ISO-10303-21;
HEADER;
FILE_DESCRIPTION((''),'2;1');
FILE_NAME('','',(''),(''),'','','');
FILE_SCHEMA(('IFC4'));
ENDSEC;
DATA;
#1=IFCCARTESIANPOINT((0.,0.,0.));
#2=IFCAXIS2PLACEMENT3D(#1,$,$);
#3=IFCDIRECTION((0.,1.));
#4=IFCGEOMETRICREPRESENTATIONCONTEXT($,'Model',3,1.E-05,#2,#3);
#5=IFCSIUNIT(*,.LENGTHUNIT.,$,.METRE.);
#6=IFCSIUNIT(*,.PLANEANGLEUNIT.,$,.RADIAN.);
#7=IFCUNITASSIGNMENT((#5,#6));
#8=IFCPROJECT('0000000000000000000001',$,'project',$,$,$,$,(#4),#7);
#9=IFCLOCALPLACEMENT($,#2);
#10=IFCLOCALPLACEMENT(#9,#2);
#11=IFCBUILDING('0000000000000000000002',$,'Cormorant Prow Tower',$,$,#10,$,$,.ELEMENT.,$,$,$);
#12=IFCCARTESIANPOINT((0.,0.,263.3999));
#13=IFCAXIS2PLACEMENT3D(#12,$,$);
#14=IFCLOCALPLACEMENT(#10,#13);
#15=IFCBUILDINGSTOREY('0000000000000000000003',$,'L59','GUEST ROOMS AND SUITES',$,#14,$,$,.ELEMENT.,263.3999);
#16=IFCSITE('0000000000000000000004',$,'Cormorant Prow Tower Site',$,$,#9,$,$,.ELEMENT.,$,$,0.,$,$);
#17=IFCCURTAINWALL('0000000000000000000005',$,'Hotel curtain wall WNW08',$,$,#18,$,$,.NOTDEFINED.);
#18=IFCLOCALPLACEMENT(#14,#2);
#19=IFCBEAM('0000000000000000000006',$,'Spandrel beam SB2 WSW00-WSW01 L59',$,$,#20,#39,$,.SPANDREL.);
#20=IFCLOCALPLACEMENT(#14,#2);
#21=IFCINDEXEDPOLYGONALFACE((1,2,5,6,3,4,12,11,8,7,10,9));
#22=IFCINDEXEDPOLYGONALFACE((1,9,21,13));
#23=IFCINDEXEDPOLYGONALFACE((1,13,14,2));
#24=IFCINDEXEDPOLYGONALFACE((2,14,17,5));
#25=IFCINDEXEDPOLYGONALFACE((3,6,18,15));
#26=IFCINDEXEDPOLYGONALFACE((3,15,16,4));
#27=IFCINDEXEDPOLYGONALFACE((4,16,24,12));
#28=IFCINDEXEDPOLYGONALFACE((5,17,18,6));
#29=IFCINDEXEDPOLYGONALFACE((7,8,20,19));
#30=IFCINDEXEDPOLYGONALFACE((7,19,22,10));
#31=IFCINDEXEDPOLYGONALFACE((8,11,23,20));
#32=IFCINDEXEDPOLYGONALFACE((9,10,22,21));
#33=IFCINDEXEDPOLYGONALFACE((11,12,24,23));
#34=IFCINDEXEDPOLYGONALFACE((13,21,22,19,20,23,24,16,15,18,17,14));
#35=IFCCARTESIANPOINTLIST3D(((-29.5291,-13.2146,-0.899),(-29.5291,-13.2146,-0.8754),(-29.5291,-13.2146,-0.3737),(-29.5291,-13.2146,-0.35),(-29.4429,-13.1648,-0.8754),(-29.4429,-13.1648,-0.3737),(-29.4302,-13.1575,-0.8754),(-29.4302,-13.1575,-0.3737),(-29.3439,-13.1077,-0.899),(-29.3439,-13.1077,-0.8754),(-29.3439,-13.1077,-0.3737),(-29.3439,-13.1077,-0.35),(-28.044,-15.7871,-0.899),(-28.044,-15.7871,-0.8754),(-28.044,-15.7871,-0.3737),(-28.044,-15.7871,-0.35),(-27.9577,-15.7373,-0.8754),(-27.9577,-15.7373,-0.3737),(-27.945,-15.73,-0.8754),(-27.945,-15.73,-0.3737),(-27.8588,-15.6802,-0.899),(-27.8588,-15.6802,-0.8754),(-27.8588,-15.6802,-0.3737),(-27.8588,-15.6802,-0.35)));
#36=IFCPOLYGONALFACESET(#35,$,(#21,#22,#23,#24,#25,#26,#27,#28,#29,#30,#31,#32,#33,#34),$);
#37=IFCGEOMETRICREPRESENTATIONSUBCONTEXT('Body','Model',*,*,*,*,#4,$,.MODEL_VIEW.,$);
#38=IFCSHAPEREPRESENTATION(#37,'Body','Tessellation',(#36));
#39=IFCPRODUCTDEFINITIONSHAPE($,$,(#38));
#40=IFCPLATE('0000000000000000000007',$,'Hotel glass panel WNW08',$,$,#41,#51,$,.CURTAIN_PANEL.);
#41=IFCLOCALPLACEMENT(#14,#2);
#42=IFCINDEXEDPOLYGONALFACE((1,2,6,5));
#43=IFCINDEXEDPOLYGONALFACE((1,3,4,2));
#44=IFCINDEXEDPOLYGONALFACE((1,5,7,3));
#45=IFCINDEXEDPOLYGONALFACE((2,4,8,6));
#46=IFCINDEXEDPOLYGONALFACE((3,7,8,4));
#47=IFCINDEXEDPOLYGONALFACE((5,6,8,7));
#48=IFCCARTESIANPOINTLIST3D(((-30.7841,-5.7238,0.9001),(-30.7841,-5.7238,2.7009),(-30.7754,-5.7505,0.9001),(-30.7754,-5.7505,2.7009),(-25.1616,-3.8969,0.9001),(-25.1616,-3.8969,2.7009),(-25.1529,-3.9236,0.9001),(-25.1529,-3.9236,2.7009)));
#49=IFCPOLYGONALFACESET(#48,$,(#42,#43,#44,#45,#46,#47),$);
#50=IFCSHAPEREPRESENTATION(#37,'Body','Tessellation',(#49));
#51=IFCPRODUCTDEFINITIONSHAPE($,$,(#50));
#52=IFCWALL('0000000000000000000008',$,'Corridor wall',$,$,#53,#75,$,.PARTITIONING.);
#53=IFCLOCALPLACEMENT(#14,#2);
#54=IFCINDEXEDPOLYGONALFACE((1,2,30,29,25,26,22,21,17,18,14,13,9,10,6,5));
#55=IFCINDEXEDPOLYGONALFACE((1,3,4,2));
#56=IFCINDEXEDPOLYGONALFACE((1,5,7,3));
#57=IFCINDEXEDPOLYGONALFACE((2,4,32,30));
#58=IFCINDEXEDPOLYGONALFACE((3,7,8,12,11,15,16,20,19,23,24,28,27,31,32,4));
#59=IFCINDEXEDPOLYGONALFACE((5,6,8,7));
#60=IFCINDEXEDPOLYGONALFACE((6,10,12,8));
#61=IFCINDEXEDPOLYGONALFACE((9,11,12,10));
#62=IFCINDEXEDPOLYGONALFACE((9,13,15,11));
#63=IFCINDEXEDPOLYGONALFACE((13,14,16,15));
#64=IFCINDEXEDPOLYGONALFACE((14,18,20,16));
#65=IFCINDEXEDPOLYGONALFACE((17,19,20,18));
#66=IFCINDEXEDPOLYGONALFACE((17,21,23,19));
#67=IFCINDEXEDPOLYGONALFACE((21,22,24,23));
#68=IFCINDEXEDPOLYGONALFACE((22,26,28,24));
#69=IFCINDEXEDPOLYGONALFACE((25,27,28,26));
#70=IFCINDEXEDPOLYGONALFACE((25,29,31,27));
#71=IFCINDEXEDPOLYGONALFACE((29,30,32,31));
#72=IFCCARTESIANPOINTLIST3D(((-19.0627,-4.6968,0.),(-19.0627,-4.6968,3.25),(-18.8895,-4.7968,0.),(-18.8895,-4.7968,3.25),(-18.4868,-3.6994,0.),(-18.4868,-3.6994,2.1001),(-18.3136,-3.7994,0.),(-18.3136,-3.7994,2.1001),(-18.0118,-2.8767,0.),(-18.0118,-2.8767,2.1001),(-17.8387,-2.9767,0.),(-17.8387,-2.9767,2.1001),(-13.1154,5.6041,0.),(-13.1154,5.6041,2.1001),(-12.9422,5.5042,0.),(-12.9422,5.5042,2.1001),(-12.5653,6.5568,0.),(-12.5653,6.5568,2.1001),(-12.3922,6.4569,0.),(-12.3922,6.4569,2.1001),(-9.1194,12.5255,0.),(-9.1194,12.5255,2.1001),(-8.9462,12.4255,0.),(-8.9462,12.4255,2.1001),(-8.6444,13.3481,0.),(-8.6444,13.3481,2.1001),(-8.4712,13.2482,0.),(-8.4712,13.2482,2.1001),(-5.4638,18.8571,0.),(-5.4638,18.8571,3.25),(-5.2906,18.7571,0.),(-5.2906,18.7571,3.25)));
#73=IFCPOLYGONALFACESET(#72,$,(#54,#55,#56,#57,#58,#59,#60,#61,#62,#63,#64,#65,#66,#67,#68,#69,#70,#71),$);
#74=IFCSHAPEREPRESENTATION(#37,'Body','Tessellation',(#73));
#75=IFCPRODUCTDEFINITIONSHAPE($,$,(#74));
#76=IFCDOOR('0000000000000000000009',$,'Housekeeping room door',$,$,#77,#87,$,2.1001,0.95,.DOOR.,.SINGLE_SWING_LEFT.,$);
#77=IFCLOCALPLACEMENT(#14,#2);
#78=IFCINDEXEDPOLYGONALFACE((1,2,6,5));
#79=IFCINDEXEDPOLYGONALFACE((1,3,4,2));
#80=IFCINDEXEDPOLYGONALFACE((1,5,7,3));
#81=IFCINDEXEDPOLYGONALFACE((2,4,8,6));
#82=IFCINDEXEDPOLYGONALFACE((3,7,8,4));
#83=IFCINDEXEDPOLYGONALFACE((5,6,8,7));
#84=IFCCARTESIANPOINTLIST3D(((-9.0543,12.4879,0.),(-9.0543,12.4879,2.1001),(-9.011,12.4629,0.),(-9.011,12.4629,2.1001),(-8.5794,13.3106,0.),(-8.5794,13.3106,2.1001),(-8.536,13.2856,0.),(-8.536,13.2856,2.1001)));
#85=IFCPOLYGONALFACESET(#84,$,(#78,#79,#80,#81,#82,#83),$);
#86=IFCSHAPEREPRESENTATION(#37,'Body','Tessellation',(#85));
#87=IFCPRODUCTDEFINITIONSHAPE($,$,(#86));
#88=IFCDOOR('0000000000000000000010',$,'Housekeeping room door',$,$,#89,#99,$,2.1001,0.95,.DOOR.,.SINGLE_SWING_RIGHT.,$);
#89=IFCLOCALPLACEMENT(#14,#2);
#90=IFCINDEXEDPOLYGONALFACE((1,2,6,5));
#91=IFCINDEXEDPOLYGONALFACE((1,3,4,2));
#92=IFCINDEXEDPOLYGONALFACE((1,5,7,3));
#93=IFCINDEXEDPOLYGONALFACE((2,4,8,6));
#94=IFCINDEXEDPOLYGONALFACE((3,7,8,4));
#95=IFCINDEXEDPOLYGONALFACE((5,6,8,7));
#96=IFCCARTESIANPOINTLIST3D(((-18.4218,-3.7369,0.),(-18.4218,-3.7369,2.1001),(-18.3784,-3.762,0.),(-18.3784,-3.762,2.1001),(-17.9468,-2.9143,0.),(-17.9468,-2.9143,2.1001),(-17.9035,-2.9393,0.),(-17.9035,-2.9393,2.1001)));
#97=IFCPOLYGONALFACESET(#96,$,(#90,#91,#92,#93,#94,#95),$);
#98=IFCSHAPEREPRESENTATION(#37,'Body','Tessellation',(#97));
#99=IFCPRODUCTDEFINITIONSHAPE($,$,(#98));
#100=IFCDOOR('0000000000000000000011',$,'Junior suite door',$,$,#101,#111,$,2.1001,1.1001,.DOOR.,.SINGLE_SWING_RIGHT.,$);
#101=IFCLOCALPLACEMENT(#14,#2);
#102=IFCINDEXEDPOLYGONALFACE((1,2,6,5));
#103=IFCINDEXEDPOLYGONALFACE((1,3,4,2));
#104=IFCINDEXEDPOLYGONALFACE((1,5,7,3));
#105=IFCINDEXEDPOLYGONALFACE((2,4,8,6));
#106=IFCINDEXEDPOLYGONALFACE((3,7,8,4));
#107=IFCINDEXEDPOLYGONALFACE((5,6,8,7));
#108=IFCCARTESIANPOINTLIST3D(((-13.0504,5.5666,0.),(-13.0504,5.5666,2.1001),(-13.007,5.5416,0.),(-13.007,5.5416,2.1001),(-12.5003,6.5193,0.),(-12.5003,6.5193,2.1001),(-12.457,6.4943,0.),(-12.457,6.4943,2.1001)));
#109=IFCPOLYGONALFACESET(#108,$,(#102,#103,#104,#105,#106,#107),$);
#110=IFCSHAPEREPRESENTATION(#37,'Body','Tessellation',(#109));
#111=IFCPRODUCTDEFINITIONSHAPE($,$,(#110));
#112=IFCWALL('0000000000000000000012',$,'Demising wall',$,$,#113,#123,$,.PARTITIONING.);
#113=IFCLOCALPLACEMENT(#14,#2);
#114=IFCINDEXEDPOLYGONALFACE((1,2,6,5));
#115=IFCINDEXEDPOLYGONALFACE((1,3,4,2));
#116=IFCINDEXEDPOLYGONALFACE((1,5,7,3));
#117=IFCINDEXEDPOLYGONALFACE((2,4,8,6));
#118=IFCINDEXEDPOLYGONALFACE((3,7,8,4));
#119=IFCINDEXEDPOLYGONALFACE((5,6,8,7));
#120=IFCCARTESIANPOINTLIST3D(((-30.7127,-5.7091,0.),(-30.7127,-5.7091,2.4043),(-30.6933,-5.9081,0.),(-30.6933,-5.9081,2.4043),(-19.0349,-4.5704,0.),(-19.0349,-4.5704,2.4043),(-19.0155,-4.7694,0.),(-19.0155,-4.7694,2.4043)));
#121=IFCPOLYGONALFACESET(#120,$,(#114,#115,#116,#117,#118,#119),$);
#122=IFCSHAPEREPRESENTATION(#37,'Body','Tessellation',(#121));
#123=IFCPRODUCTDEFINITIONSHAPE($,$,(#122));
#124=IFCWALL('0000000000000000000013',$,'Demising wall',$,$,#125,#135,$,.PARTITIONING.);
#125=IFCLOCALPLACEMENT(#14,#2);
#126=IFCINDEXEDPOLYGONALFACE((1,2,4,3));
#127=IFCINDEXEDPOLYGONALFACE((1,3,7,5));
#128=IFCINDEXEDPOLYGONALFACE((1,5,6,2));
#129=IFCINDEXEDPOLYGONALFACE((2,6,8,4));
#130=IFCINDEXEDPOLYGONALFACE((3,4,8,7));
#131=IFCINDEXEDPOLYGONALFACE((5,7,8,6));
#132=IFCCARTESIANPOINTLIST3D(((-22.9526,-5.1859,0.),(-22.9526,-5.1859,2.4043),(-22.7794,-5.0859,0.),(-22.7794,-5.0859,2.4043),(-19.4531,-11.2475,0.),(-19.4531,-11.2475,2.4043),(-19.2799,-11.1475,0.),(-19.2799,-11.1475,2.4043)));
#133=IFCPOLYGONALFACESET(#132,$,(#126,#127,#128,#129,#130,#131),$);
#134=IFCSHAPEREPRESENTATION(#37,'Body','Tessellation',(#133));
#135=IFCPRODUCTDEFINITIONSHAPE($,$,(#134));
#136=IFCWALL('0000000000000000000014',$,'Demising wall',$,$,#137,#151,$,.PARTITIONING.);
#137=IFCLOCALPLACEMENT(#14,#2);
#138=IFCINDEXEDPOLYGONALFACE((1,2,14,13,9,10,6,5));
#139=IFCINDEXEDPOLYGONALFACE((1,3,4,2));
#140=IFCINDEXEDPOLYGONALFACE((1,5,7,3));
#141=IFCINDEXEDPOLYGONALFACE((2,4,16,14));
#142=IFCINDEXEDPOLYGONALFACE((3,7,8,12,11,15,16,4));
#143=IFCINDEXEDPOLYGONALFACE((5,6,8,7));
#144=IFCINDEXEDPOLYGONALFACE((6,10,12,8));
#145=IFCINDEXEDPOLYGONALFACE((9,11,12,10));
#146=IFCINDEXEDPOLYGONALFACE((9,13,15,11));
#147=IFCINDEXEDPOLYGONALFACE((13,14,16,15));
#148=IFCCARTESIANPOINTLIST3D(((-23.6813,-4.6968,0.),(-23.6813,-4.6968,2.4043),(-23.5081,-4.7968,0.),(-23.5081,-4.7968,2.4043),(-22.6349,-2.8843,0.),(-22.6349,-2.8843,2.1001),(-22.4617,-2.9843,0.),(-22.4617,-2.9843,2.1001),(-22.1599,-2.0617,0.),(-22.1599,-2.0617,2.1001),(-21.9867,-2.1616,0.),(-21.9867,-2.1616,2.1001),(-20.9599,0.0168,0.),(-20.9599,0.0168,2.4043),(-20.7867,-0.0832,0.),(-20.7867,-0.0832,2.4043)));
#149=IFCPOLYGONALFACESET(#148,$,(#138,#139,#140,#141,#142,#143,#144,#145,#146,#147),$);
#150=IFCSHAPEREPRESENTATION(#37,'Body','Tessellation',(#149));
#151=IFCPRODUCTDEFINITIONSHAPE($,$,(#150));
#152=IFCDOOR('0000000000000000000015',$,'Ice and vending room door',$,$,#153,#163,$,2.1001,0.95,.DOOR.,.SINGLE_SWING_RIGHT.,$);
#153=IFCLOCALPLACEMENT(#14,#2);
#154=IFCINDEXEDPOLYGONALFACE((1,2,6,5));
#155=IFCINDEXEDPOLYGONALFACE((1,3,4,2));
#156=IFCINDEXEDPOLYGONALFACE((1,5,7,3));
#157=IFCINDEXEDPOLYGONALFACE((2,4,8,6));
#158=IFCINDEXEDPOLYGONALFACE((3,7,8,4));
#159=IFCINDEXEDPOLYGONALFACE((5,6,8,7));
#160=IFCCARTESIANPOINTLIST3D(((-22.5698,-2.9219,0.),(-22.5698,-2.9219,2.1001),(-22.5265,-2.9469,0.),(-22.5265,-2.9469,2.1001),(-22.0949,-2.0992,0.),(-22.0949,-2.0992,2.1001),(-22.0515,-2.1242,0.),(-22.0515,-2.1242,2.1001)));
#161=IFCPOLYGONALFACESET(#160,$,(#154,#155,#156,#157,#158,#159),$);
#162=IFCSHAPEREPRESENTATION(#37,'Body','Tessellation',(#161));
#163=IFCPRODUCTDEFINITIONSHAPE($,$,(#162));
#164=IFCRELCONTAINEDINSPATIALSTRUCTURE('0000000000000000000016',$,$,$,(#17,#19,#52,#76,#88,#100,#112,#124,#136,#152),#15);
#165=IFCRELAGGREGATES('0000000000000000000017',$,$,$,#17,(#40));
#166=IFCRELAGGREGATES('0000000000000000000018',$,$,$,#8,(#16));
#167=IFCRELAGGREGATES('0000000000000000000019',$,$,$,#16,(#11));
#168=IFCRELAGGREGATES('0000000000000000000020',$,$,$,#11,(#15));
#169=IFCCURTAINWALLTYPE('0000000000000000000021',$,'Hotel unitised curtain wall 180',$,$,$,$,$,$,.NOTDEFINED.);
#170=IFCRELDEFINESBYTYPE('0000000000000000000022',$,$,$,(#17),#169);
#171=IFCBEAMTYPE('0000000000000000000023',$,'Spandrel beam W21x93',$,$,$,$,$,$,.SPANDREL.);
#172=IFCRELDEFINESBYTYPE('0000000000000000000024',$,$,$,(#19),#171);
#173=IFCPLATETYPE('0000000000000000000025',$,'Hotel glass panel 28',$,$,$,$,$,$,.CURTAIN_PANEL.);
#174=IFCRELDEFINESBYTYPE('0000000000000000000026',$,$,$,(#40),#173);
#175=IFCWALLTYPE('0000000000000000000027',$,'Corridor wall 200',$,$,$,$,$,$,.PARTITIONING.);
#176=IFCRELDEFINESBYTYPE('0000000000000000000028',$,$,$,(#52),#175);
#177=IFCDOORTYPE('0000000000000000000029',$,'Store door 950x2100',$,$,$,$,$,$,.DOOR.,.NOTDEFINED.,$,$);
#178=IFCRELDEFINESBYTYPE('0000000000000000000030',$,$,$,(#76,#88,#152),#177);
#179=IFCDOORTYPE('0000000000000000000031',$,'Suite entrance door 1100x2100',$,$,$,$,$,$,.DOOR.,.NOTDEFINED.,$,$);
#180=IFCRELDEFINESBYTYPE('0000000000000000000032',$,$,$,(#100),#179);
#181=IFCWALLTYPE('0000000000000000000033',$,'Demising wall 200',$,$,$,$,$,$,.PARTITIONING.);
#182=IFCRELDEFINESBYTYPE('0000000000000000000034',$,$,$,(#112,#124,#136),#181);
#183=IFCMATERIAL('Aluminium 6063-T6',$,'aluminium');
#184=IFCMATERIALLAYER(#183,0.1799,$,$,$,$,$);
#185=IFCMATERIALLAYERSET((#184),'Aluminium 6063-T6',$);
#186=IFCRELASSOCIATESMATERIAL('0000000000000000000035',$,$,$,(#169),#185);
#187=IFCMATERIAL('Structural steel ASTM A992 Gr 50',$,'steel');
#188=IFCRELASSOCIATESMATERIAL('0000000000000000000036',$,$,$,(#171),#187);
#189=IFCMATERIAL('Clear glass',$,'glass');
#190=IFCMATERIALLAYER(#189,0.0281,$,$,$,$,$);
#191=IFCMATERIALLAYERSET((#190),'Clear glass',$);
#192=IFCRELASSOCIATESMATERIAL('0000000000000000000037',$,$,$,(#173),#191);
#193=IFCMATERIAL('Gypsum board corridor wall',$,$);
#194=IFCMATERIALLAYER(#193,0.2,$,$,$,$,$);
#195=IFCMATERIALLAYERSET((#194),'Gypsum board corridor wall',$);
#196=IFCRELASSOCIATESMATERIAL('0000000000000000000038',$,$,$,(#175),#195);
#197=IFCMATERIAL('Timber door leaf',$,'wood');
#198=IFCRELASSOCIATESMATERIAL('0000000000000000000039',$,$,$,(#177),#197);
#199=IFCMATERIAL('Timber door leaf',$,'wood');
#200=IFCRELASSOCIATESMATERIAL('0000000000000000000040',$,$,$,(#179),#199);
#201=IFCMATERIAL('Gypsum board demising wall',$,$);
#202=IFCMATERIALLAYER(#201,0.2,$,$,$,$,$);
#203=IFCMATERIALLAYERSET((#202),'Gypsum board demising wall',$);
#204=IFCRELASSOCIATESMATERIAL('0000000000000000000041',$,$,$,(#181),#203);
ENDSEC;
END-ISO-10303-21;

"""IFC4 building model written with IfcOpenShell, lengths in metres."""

from ifc_helpers import new_model, si_unit, direction, frame, frame_2d, origin, origin_2d, place, context, subcontext, project, spatial, rectangle, i_section, extrude, material, layer, layer_set, material_profile, profile_set, type_object, element, fill, aggregate, save


model = new_model("IFC4")

# Units and contexts
model_context = context("Model", 3, precision=1e-05, world=origin(), true_north=direction((0.0, 1.0)))
body_context = subcontext(model_context, "Body", "Model", "MODEL_VIEW")
ifc_project = project(units=[si_unit("LENGTHUNIT", "METRE"), si_unit("PLANEANGLEUNIT", "RADIAN")], contexts=[model_context])

# Site, building, storey
site_placement = place(None, origin())
site = spatial("IfcSite", under=ifc_project, at=site_placement, Name="Cormorant Prow Tower Site", CompositionType="ELEMENT", RefElevation=0.0)
building_placement = place(site_placement, origin())
building = spatial("IfcBuilding", under=site, at=building_placement, Name="Cormorant Prow Tower", CompositionType="ELEMENT")
storey_placement = place(building_placement, frame((0.0, 0.0, 263.3999)))
storey = spatial("IfcBuildingStorey", under=building, at=storey_placement, Name="L59", Description="GUEST ROOMS AND SUITES", CompositionType="ELEMENT", Elevation=263.3999)

# Curtain wall
ifc_material_1 = material(Name="Aluminium 6063-T6", Category="aluminium")
ifc_layer_1 = layer(ifc_material_1, 0.1799)
ifc_layer_set_1 = layer_set([ifc_layer_1], Name="Aluminium 6063-T6")
curtain_wall_type = type_object("IfcCurtainWallType", Name="Hotel unitised curtain wall 180", PredefinedType="NOTDEFINED", material=ifc_layer_set_1)
curtain_wall_placement = place(storey_placement, origin())
curtain_wall = element("IfcCurtainWall", 1, at=curtain_wall_placement, inside=storey, type_object=curtain_wall_type, Name="Hotel curtain wall WNW08", PredefinedType="NOTDEFINED")

# Beam
ifc_material_2 = material(Name="Structural steel ASTM A992 Gr 50", Category="steel")
ifc_material_profile_1 = material_profile(ifc_material_2, i_section(OverallWidth=0.2139, OverallDepth=0.5491, WebThickness=0.0146, FlangeThickness=0.0237, at=origin_2d()), Name="W21x93")
ifc_profile_set_1 = profile_set([ifc_material_profile_1], Name="Structural steel ASTM A992 Gr 50")
beam_type_1 = type_object("IfcBeamType", Name="Spandrel beam W21x93", PredefinedType="SPANDREL", material=ifc_profile_set_1)
beam_1_placement = place(storey_placement, frame((-29.4365, -13.1611, -0.6245), z_axis=(0.499967, -0.866045, 0.0), x_axis=(0.866045, 0.499967, 0.0)))
element("IfcBeam", 2, at=beam_1_placement, inside=storey, type_object=beam_type_1, Name="Spandrel beam SB2 WSW00-WSW01 L59", PredefinedType="SPANDREL", context=body_context, shape_type="SweptSolid", body=[
    extrude(i_section(OverallWidth=0.2139, OverallDepth=0.5491, WebThickness=0.0146, FlangeThickness=0.0237, at=origin_2d()), origin(), (0.0, 0.0, 1.0), 2.9705),
])

# Plate
ifc_material_3 = material(Name="Clear glass", Category="glass")
ifc_layer_2 = layer(ifc_material_3, 0.0281)
ifc_layer_set_2 = layer_set([ifc_layer_2], Name="Clear glass")
plate_type = type_object("IfcPlateType", Name="Hotel glass panel 28", PredefinedType="CURTAIN_PANEL", material=ifc_layer_set_2)
plate_placement = place(storey_placement, frame((-27.9685, -4.8237, 0.9001), z_axis=(0.0, 0.0, 1.0), x_axis=(-0.951057, -0.309017, 0.0)))
plate = element("IfcPlate", 3, at=plate_placement, type_object=plate_type, Name="Hotel glass panel WNW08", PredefinedType="CURTAIN_PANEL", context=body_context, shape_type="SweptSolid", body=[
    extrude(rectangle(XDim=5.9119, YDim=0.0281, at=origin_2d()), origin(), (0.0, 0.0, 1.0), 1.8008),
])
aggregate(curtain_wall, [plate])

# Wall, openings, doors
ifc_material_4 = material(Name="Gypsum board corridor wall")
ifc_layer_3 = layer(ifc_material_4, 0.2)
ifc_layer_set_3 = layer_set([ifc_layer_3], Name="Gypsum board corridor wall")
wall_type_1 = type_object("IfcWallType", Name="Corridor wall 200", PredefinedType="PARTITIONING", material=ifc_layer_set_3)
wall_1_placement = place(storey_placement, frame((-18.9761, -4.7468, 0.0), z_axis=(0.0, 0.0, 1.0), x_axis=(0.5, 0.866025, 0.0)))
wall_1 = element("IfcWall", 4, at=wall_1_placement, inside=storey, type_object=wall_type_1, Name="Corridor wall", PredefinedType="PARTITIONING", context=body_context, shape_type="SweptSolid", body=[
    extrude(rectangle(XDim=27.1978, YDim=0.2, at=frame_2d((13.5989, 0.0))), origin(), (0.0, 0.0, 1.0), 3.25),
])
opening_1_placement = place(wall_1_placement, frame((19.8865, 0.0, 0.0)))
opening_1 = element("IfcOpeningElement", 5, at=opening_1_placement, cuts=wall_1, PredefinedType="OPENING", context=body_context, shape_type="SweptSolid", body=[
    extrude(rectangle(XDim=0.95, YDim=2.1001, at=frame_2d((0.4751, 1.05))), frame((0.0, 0.1099, 0.0), z_axis=(0.0, -1.0, 0.0), x_axis=(1.0, 0.0, 0.0)), (0.0, 0.0, 1.0), 0.22),
])
opening_2_placement = place(wall_1_placement, frame((11.8945, 0.0, 0.0)))
opening_2 = element("IfcOpeningElement", 6, at=opening_2_placement, cuts=wall_1, PredefinedType="OPENING", context=body_context, shape_type="SweptSolid", body=[
    extrude(rectangle(XDim=1.1001, YDim=2.1001, at=frame_2d((0.55, 1.05))), frame((0.0, 0.1099, 0.0), z_axis=(0.0, -1.0, 0.0), x_axis=(1.0, 0.0, 0.0)), (0.0, 0.0, 1.0), 0.22),
])
opening_3_placement = place(wall_1_placement, frame((1.1516, 0.0, 0.0)))
opening_3 = element("IfcOpeningElement", 7, at=opening_3_placement, cuts=wall_1, PredefinedType="OPENING", context=body_context, shape_type="SweptSolid", body=[
    extrude(rectangle(XDim=0.95, YDim=2.1001, at=frame_2d((0.4751, 1.05))), frame((0.0, 0.1099, 0.0), z_axis=(0.0, -1.0, 0.0), x_axis=(1.0, 0.0, 0.0)), (0.0, 0.0, 1.0), 0.22),
])
ifc_material_5 = material(Name="Timber door leaf", Category="wood")
door_type_1 = type_object("IfcDoorType", Name="Store door 950x2100", OperationType="NOTDEFINED", PredefinedType="DOOR", material=ifc_material_5)
door_1_placement = place(opening_1_placement, origin())
door_1 = element("IfcDoor", 8, at=door_1_placement, inside=storey, type_object=door_type_1, Name="Housekeeping room door", OperationType="SINGLE_SWING_LEFT", OverallHeight=2.1001, OverallWidth=0.95, PredefinedType="DOOR", context=body_context, shape_type="SweptSolid", body=[
    extrude(rectangle(XDim=0.95, YDim=2.1001, at=frame_2d((0.4751, 1.05))), frame((0.0, 0.0249, 0.0), z_axis=(0.0, -1.0, 0.0), x_axis=(1.0, 0.0, 0.0)), (0.0, 0.0, 1.0), 0.05),
])
fill(opening_1, door_1)
door_2_placement = place(opening_3_placement, origin())
door_2 = element("IfcDoor", 9, at=door_2_placement, inside=storey, type_object=door_type_1, Name="Housekeeping room door", OperationType="SINGLE_SWING_RIGHT", OverallHeight=2.1001, OverallWidth=0.95, PredefinedType="DOOR", context=body_context, shape_type="SweptSolid", body=[
    extrude(rectangle(XDim=0.95, YDim=2.1001, at=frame_2d((0.4751, 1.05))), frame((0.0, 0.0249, 0.0), z_axis=(0.0, -1.0, 0.0), x_axis=(1.0, 0.0, 0.0)), (0.0, 0.0, 1.0), 0.05),
])
fill(opening_3, door_2)
ifc_material_6 = material(Name="Timber door leaf", Category="wood")
door_type_2 = type_object("IfcDoorType", Name="Suite entrance door 1100x2100", OperationType="NOTDEFINED", PredefinedType="DOOR", material=ifc_material_6)
door_3_placement = place(opening_2_placement, origin())
door_3 = element("IfcDoor", 10, at=door_3_placement, inside=storey, type_object=door_type_2, Name="Junior suite door", OperationType="SINGLE_SWING_RIGHT", OverallHeight=2.1001, OverallWidth=1.1001, PredefinedType="DOOR", context=body_context, shape_type="SweptSolid", body=[
    extrude(rectangle(XDim=1.1001, YDim=2.1001, at=frame_2d((0.55, 1.05))), frame((0.0, 0.0249, 0.0), z_axis=(0.0, -1.0, 0.0), x_axis=(1.0, 0.0, 0.0)), (0.0, 0.0, 1.0), 0.05),
])
fill(opening_2, door_3)

# Walls
ifc_material_7 = material(Name="Gypsum board demising wall")
ifc_layer_4 = layer(ifc_material_7, 0.2)
ifc_layer_set_4 = layer_set([ifc_layer_4], Name="Gypsum board demising wall")
wall_type_2 = type_object("IfcWallType", Name="Demising wall 200", PredefinedType="PARTITIONING", material=ifc_layer_set_4)
wall_2_placement = place(storey_placement, frame((-30.7031, -5.8086, 0.0), z_axis=(0.0, 0.0, 1.0), x_axis=(0.99528, 0.097048, 0.0)))
element("IfcWall", 11, at=wall_2_placement, inside=storey, type_object=wall_type_2, Name="Demising wall", PredefinedType="PARTITIONING", context=body_context, shape_type="SweptSolid", body=[
    extrude(rectangle(XDim=11.7332, YDim=0.2, at=frame_2d((5.8667, 0.0))), origin(), (0.0, 0.0, 1.0), 2.4043),
])
wall_3_placement = place(storey_placement, frame((-22.866, -5.136, 0.0), z_axis=(0.0, 0.0, 1.0), x_axis=(0.499988, -0.866032, 0.0)))
element("IfcWall", 12, at=wall_3_placement, inside=storey, type_object=wall_type_2, Name="Demising wall", PredefinedType="PARTITIONING", context=body_context, shape_type="SweptSolid", body=[
    extrude(rectangle(XDim=6.9993, YDim=0.2, at=frame_2d((3.4995, 0.0))), origin(), (0.0, 0.0, 1.0), 2.4043),
])

# Wall, opening, door
wall_4_placement = place(storey_placement, frame((-23.5947, -4.7468, 0.0), z_axis=(0.0, 0.0, 1.0), x_axis=(0.500003, 0.866023, 0.0)))
wall_4 = element("IfcWall", 13, at=wall_4_placement, inside=storey, type_object=wall_type_2, Name="Demising wall", PredefinedType="PARTITIONING", context=body_context, shape_type="SweptSolid", body=[
    extrude(rectangle(XDim=5.4429, YDim=0.2, at=frame_2d((2.7214, 0.0))), origin(), (0.0, 0.0, 1.0), 2.4043),
])
opening_4_placement = place(wall_4_placement, frame((2.0928, 0.0, 0.0)))
opening_4 = element("IfcOpeningElement", 14, at=opening_4_placement, cuts=wall_4, PredefinedType="OPENING", context=body_context, shape_type="SweptSolid", body=[
    extrude(rectangle(XDim=0.95, YDim=2.1001, at=frame_2d((0.4751, 1.05))), frame((0.0, 0.1099, 0.0), z_axis=(0.0, -1.0, 0.0), x_axis=(1.0, 0.0, 0.0)), (0.0, 0.0, 1.0), 0.22),
])
door_4_placement = place(opening_4_placement, origin())
door_4 = element("IfcDoor", 15, at=door_4_placement, inside=storey, type_object=door_type_1, Name="Ice and vending room door", OperationType="SINGLE_SWING_RIGHT", OverallHeight=2.1001, OverallWidth=0.95, PredefinedType="DOOR", context=body_context, shape_type="SweptSolid", body=[
    extrude(rectangle(XDim=0.95, YDim=2.1001, at=frame_2d((0.4751, 1.05))), frame((0.0, 0.0249, 0.0), z_axis=(0.0, -1.0, 0.0), x_axis=(1.0, 0.0, 0.0)), (0.0, 0.0, 1.0), 0.05),
])
fill(opening_4, door_4)

save(model, "model.ifc")
